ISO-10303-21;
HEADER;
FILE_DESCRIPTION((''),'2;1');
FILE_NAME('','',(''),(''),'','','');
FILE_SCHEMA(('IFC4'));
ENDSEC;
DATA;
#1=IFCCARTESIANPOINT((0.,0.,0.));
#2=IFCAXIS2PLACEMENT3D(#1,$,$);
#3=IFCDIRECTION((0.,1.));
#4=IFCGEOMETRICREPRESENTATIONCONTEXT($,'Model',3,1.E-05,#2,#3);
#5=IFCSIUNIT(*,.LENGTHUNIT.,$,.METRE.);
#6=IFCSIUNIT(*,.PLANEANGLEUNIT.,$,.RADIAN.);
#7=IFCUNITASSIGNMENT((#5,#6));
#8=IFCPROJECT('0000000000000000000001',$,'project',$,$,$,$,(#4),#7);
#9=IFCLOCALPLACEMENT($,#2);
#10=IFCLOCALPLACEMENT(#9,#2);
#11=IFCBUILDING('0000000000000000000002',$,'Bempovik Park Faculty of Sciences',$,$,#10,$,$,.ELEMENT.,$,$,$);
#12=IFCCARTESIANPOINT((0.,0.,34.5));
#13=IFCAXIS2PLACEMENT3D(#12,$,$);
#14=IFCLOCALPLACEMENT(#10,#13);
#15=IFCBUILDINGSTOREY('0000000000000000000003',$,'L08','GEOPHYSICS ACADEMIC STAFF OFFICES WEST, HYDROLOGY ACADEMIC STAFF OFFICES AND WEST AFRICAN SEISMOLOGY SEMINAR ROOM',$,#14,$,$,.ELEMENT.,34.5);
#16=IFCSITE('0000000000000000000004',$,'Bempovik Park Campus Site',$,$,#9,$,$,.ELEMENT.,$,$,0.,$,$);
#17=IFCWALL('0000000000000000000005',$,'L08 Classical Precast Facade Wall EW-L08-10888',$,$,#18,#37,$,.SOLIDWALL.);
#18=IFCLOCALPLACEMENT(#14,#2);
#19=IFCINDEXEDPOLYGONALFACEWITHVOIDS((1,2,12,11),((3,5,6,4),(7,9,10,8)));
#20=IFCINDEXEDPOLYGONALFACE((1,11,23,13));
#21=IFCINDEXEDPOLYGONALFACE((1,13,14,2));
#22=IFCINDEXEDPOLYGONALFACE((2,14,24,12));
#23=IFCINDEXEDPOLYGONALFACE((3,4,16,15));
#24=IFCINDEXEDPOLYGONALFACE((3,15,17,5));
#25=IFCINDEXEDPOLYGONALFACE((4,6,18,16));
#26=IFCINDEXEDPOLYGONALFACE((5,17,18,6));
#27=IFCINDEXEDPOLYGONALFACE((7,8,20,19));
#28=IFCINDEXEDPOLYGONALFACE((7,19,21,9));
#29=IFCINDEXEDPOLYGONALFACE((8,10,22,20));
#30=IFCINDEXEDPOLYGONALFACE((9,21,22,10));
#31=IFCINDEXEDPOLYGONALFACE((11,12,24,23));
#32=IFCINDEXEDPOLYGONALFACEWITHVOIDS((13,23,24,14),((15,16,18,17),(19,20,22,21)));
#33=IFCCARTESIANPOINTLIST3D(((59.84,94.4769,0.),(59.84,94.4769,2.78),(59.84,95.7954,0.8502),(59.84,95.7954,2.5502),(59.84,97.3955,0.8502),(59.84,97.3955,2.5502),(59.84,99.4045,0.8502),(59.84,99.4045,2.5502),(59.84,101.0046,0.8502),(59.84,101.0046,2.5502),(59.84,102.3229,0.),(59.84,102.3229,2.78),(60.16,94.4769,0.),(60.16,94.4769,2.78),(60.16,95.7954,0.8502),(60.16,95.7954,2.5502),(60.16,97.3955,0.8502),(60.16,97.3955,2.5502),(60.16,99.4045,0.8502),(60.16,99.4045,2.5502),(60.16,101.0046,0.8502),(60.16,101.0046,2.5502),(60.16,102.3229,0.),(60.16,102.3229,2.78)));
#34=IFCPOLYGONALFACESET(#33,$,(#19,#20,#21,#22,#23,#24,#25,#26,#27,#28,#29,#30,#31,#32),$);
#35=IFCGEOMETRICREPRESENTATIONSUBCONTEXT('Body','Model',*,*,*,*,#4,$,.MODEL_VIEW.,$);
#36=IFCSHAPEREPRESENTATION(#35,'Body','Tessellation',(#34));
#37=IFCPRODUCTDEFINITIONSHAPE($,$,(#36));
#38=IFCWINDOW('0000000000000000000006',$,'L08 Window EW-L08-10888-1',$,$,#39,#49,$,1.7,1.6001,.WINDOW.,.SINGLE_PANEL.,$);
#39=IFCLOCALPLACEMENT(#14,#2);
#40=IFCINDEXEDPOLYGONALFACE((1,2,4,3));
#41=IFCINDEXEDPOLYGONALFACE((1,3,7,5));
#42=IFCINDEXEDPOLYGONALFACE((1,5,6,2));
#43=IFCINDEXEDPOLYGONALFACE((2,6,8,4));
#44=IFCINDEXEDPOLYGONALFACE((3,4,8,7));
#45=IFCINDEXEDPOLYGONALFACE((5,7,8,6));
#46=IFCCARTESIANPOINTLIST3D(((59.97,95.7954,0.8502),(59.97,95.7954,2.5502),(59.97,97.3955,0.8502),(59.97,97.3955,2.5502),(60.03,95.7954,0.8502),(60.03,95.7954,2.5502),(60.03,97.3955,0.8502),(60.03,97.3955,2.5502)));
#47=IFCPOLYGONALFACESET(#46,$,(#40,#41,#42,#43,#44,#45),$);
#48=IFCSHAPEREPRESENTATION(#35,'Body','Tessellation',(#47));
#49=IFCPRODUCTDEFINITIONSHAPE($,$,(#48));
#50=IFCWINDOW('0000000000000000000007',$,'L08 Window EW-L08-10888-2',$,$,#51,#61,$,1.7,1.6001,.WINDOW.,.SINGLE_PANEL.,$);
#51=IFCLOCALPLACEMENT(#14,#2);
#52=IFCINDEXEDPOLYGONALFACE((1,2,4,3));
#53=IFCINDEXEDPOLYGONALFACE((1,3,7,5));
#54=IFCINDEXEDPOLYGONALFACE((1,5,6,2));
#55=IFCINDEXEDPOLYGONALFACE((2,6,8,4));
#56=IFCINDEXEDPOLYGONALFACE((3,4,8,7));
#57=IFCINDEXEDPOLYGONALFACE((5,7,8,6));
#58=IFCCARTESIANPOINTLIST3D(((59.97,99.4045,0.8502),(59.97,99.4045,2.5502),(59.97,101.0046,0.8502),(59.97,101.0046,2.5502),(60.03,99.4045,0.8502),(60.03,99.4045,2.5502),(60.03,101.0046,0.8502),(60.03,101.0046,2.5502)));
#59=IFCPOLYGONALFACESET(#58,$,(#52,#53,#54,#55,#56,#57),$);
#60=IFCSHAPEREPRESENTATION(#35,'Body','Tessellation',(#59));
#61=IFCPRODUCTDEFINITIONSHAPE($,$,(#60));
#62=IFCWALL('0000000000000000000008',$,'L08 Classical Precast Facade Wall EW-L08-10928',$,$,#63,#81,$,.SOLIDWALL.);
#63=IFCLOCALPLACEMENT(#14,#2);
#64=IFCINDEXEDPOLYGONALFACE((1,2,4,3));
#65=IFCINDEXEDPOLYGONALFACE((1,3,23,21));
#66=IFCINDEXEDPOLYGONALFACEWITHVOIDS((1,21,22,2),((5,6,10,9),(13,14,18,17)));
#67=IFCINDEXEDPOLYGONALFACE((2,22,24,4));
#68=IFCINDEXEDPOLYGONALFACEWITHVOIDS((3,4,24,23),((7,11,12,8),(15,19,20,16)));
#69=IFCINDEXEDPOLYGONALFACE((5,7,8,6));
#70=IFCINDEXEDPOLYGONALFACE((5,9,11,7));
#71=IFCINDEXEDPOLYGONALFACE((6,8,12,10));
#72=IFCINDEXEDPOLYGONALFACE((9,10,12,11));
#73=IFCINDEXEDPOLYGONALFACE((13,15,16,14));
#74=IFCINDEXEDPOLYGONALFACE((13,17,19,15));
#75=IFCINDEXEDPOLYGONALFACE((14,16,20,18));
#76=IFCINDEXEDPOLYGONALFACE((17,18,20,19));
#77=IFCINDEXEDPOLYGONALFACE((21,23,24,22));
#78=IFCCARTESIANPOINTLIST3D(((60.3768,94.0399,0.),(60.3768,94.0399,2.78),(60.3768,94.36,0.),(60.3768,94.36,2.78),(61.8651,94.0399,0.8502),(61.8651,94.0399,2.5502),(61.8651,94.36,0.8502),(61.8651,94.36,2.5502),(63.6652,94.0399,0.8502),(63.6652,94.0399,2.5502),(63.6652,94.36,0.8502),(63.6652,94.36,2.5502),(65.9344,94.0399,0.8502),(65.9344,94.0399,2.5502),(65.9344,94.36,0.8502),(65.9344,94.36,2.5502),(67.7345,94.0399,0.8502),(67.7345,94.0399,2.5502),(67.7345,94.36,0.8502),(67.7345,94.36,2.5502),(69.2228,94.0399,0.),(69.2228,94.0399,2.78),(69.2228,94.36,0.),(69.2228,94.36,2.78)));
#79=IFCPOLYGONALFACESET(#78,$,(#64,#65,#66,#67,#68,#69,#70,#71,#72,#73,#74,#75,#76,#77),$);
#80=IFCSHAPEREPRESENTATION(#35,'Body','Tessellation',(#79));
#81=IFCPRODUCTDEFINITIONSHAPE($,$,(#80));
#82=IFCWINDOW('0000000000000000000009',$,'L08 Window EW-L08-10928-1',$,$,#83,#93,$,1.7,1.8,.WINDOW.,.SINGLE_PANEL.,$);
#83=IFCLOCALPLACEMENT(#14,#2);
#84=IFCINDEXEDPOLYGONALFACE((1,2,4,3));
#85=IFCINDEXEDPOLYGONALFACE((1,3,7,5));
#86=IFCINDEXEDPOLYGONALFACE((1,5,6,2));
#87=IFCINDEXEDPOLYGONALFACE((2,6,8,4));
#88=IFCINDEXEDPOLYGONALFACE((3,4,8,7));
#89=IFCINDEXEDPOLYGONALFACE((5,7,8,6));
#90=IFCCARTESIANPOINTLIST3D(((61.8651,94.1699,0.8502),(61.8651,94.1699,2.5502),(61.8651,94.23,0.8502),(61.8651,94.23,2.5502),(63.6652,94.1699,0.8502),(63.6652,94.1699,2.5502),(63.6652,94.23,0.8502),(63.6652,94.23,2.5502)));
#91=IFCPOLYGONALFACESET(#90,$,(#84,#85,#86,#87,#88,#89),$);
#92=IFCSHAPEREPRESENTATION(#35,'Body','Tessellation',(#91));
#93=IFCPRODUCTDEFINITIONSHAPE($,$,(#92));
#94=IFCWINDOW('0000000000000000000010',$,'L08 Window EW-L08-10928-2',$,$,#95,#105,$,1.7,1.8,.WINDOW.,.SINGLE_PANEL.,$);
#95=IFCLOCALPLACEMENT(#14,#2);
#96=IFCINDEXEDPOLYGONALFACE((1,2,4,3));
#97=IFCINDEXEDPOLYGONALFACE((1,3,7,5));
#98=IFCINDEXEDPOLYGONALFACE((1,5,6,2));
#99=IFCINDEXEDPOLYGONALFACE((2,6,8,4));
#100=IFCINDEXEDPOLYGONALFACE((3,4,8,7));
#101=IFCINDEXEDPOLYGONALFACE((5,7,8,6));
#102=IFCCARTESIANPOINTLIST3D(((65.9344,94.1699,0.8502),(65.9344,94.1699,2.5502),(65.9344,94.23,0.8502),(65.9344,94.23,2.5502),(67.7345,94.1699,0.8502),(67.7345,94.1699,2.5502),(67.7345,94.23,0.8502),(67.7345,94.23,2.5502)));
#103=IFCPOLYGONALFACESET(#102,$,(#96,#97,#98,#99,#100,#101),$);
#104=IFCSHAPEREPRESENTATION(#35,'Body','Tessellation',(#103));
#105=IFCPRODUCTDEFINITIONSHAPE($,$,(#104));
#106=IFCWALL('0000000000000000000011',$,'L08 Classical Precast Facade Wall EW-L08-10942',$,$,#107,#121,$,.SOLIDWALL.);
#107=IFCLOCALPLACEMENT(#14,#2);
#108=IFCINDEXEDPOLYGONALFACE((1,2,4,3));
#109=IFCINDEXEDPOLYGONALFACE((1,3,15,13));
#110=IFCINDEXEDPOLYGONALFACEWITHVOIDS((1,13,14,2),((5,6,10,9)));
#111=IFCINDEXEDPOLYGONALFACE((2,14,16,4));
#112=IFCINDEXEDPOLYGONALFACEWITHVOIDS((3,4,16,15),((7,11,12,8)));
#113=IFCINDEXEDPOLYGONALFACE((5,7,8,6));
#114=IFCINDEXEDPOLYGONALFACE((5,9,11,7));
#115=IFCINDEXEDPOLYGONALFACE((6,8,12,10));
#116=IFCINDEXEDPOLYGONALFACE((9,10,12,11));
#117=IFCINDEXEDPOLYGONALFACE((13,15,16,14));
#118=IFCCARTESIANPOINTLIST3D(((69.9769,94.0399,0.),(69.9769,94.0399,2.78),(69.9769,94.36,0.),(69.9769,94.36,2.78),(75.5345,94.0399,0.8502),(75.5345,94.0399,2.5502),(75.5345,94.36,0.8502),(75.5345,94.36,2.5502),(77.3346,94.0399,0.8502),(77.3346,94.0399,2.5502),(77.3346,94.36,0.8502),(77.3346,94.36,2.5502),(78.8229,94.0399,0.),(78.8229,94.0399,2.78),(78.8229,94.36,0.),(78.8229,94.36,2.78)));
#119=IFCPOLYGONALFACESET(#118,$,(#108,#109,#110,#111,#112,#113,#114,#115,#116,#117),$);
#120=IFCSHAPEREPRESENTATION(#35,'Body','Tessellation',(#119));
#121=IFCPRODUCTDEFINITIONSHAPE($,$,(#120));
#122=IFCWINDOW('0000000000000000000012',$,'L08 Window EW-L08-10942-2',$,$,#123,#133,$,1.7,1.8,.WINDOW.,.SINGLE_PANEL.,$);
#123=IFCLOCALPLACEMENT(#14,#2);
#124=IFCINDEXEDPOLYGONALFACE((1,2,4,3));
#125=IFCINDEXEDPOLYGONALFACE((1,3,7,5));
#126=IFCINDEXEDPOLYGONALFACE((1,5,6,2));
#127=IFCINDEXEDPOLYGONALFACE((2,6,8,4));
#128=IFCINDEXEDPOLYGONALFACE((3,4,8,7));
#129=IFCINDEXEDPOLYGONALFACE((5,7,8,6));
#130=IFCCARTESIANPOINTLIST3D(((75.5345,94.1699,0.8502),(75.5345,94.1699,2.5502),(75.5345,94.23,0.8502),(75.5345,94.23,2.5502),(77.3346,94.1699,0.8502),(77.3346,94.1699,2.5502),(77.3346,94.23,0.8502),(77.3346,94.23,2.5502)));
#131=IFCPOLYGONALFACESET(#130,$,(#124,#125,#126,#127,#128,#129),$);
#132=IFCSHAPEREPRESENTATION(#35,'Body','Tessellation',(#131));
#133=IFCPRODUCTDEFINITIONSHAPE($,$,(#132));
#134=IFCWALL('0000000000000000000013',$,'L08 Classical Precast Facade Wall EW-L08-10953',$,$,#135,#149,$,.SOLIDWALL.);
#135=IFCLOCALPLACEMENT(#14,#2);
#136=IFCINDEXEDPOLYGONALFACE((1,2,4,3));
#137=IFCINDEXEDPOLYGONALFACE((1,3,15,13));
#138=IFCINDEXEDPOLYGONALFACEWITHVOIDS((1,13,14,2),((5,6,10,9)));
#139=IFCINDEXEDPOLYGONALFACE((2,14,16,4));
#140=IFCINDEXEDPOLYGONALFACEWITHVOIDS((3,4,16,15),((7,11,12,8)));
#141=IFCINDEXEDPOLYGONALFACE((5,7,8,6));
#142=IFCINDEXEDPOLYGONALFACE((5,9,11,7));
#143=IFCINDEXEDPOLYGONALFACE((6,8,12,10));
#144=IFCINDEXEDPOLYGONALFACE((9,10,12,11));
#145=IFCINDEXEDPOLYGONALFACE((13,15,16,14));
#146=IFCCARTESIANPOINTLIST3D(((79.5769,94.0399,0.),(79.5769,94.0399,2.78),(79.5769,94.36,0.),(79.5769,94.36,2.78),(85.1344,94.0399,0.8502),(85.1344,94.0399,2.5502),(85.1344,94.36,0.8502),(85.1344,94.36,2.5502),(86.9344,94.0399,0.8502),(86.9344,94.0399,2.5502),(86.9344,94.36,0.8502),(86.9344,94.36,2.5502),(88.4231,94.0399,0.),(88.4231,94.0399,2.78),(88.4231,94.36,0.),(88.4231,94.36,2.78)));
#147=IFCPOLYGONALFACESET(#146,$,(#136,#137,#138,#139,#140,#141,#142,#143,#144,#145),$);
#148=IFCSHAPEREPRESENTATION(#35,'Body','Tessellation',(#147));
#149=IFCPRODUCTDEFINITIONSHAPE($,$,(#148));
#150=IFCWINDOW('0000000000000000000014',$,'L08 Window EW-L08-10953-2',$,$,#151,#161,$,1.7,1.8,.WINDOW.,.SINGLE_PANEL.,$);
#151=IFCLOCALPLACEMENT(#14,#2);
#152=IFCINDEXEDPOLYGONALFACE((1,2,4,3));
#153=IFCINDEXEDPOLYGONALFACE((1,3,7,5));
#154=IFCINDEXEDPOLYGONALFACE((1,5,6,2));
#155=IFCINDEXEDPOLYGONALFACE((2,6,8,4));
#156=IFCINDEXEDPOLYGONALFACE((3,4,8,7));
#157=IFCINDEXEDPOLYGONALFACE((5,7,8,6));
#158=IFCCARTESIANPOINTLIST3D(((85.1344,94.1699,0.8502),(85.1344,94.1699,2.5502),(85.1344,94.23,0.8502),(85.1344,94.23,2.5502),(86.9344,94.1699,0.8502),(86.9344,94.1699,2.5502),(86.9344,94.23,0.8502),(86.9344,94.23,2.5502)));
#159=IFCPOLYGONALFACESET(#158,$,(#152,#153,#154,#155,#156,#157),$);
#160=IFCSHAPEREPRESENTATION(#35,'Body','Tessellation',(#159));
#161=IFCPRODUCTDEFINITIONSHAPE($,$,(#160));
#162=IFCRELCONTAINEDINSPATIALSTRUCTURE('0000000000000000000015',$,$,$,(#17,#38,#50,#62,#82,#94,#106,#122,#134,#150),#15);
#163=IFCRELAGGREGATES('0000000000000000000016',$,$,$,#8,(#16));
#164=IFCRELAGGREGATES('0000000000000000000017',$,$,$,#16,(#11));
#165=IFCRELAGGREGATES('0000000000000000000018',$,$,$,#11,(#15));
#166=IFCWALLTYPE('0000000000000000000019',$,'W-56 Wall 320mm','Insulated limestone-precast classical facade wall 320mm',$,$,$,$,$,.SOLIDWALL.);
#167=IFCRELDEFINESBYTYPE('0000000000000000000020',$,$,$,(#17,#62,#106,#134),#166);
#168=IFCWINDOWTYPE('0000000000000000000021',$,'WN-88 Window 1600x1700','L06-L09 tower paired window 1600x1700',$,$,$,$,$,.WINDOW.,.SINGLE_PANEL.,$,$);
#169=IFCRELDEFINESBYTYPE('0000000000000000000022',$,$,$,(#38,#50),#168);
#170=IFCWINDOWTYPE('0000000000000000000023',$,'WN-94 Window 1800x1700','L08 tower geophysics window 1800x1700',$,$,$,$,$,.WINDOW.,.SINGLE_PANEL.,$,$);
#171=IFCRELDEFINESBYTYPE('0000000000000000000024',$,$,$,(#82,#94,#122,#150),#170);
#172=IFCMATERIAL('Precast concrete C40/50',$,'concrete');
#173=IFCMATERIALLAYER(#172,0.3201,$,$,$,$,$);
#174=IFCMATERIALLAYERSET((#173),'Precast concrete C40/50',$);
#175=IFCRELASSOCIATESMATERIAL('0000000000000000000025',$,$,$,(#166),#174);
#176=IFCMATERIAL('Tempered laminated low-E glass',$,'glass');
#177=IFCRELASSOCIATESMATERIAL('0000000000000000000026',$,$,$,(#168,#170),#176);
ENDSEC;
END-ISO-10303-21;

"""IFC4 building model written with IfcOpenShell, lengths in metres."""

from ifc_helpers import new_model, si_unit, direction, frame, frame_2d, origin, place, context, subcontext, project, spatial, rectangle, extrude, material, layer, layer_set, type_object, element, fill, save


model = new_model("IFC4")

# Units and contexts
model_context = context("Model", 3, precision=1e-05, world=origin(), true_north=direction((0.0, 1.0)))
body_context = subcontext(model_context, "Body", "Model", "MODEL_VIEW")
ifc_project = project(units=[si_unit("LENGTHUNIT", "METRE"), si_unit("PLANEANGLEUNIT", "RADIAN")], contexts=[model_context])

# Site, building, storey
site_placement = place(None, origin())
site = spatial("IfcSite", under=ifc_project, at=site_placement, Name="Bempovik Park Campus Site", CompositionType="ELEMENT", RefElevation=0.0)
building_placement = place(site_placement, origin())
building = spatial("IfcBuilding", under=site, at=building_placement, Name="Bempovik Park Faculty of Sciences", CompositionType="ELEMENT")
storey_placement = place(building_placement, frame((0.0, 0.0, 34.5)))
storey = spatial("IfcBuildingStorey", under=building, at=storey_placement, Name="L08", Description="GEOPHYSICS ACADEMIC STAFF OFFICES WEST, HYDROLOGY ACADEMIC STAFF OFFICES AND WEST AFRICAN SEISMOLOGY SEMINAR ROOM", CompositionType="ELEMENT", Elevation=34.5)

# Walls, openings, windows
ifc_material_1 = material(Name="Precast concrete C40/50", Category="concrete")
ifc_layer_1 = layer(ifc_material_1, 0.3201)
ifc_layer_set_1 = layer_set([ifc_layer_1], Name="Precast concrete C40/50")
wall_type_1 = type_object("IfcWallType", Name="W-56 Wall 320mm", Description="Insulated limestone-precast classical facade wall 320mm", PredefinedType="SOLIDWALL", material=ifc_layer_set_1)
wall_1_placement = place(storey_placement, frame((60.0, 94.4771, 0.0), z_axis=(0.0, 0.0, 1.0), x_axis=(0.0, 1.0, 0.0)))
wall_1 = element("IfcWall", 1, at=wall_1_placement, inside=storey, type_object=wall_type_1, Name="L08 Classical Precast Facade Wall EW-L08-10888", PredefinedType="SOLIDWALL", context=body_context, shape_type="SweptSolid", body=[
    extrude(rectangle(XDim=7.8459, YDim=0.3201, at=frame_2d((3.9229, 0.0))), origin(), (0.0, 0.0, 1.0), 2.78),
])
opening_1_placement = place(wall_1_placement, frame((1.3184, 0.0, 0.8501)))
opening_1 = element("IfcOpeningElement", 2, at=opening_1_placement, cuts=wall_1, PredefinedType="OPENING", context=body_context, shape_type="SweptSolid", body=[
    extrude(rectangle(XDim=1.6001, YDim=1.7, at=frame_2d((0.8, 0.8501))), frame((0.0, 0.1699, 0.0), z_axis=(0.0, -1.0, 0.0), x_axis=(1.0, 0.0, 0.0)), (0.0, 0.0, 1.0), 0.3401),
])
opening_2_placement = place(wall_1_placement, frame((4.9275, 0.0, 0.8501)))
opening_2 = element("IfcOpeningElement", 3, at=opening_2_placement, cuts=wall_1, PredefinedType="OPENING", context=body_context, shape_type="SweptSolid", body=[
    extrude(rectangle(XDim=1.6001, YDim=1.7, at=frame_2d((0.8, 0.8501))), frame((0.0, 0.1699, 0.0), z_axis=(0.0, -1.0, 0.0), x_axis=(1.0, 0.0, 0.0)), (0.0, 0.0, 1.0), 0.3401),
])
ifc_material_2 = material(Name="Tempered laminated low-E glass", Category="glass")
window_type_1 = type_object("IfcWindowType", Name="WN-88 Window 1600x1700", Description="L06-L09 tower paired window 1600x1700", PartitioningType="SINGLE_PANEL", PredefinedType="WINDOW", material=ifc_material_2)
window_1_placement = place(opening_1_placement, origin())
window_1 = element("IfcWindow", 4, at=window_1_placement, inside=storey, type_object=window_type_1, Name="L08 Window EW-L08-10888-1", OverallHeight=1.7, OverallWidth=1.6001, PartitioningType="SINGLE_PANEL", PredefinedType="WINDOW", context=body_context, shape_type="SweptSolid", body=[
    extrude(rectangle(XDim=1.6001, YDim=1.7, at=frame_2d((0.8, 0.8501))), frame((0.0, 0.03, 0.0), z_axis=(0.0, -1.0, 0.0), x_axis=(1.0, 0.0, 0.0)), (0.0, 0.0, 1.0), 0.0601),
])
fill(opening_1, window_1)
window_2_placement = place(opening_2_placement, origin())
window_2 = element("IfcWindow", 5, at=window_2_placement, inside=storey, type_object=window_type_1, Name="L08 Window EW-L08-10888-2", OverallHeight=1.7, OverallWidth=1.6001, PartitioningType="SINGLE_PANEL", PredefinedType="WINDOW", context=body_context, shape_type="SweptSolid", body=[
    extrude(rectangle(XDim=1.6001, YDim=1.7, at=frame_2d((0.8, 0.8501))), frame((0.0, 0.03, 0.0), z_axis=(0.0, -1.0, 0.0), x_axis=(1.0, 0.0, 0.0)), (0.0, 0.0, 1.0), 0.0601),
])
fill(opening_2, window_2)
wall_2_placement = place(storey_placement, frame((60.377, 94.2, 0.0), z_axis=(0.0, 0.0, 1.0), x_axis=(1.0, 0.0, 0.0)))
wall_2 = element("IfcWall", 6, at=wall_2_placement, inside=storey, type_object=wall_type_1, Name="L08 Classical Precast Facade Wall EW-L08-10928", PredefinedType="SOLIDWALL", context=body_context, shape_type="SweptSolid", body=[
    extrude(rectangle(XDim=8.8459, YDim=0.3201, at=frame_2d((4.4229, 0.0))), origin(), (0.0, 0.0, 1.0), 2.78),
])
opening_3_placement = place(wall_2_placement, frame((1.4883, 0.0, 0.8501)))
opening_3 = element("IfcOpeningElement", 7, at=opening_3_placement, cuts=wall_2, PredefinedType="OPENING", context=body_context, shape_type="SweptSolid", body=[
    extrude(rectangle(XDim=1.8, YDim=1.7, at=frame_2d((0.8999, 0.8501))), frame((0.0, 0.1699, 0.0), z_axis=(0.0, -1.0, 0.0), x_axis=(1.0, 0.0, 0.0)), (0.0, 0.0, 1.0), 0.3401),
])
opening_4_placement = place(wall_2_placement, frame((5.5576, 0.0, 0.8501)))
opening_4 = element("IfcOpeningElement", 8, at=opening_4_placement, cuts=wall_2, PredefinedType="OPENING", context=body_context, shape_type="SweptSolid", body=[
    extrude(rectangle(XDim=1.8, YDim=1.7, at=frame_2d((0.8999, 0.8501))), frame((0.0, 0.1699, 0.0), z_axis=(0.0, -1.0, 0.0), x_axis=(1.0, 0.0, 0.0)), (0.0, 0.0, 1.0), 0.3401),
])
window_type_2 = type_object("IfcWindowType", Name="WN-94 Window 1800x1700", Description="L08 tower geophysics window 1800x1700", PartitioningType="SINGLE_PANEL", PredefinedType="WINDOW", material=ifc_material_2)
window_3_placement = place(opening_3_placement, origin())
window_3 = element("IfcWindow", 9, at=window_3_placement, inside=storey, type_object=window_type_2, Name="L08 Window EW-L08-10928-1", OverallHeight=1.7, OverallWidth=1.8, PartitioningType="SINGLE_PANEL", PredefinedType="WINDOW", context=body_context, shape_type="SweptSolid", body=[
    extrude(rectangle(XDim=1.8, YDim=1.7, at=frame_2d((0.8999, 0.8501))), frame((0.0, 0.03, 0.0), z_axis=(0.0, -1.0, 0.0), x_axis=(1.0, 0.0, 0.0)), (0.0, 0.0, 1.0), 0.0601),
])
fill(opening_3, window_3)
window_4_placement = place(opening_4_placement, origin())
window_4 = element("IfcWindow", 10, at=window_4_placement, inside=storey, type_object=window_type_2, Name="L08 Window EW-L08-10928-2", OverallHeight=1.7, OverallWidth=1.8, PartitioningType="SINGLE_PANEL", PredefinedType="WINDOW", context=body_context, shape_type="SweptSolid", body=[
    extrude(rectangle(XDim=1.8, YDim=1.7, at=frame_2d((0.8999, 0.8501))), frame((0.0, 0.03, 0.0), z_axis=(0.0, -1.0, 0.0), x_axis=(1.0, 0.0, 0.0)), (0.0, 0.0, 1.0), 0.0601),
])
fill(opening_4, window_4)

# Walls, openings, windows
wall_3_placement = place(storey_placement, frame((69.9771, 94.2, 0.0), z_axis=(0.0, 0.0, 1.0), x_axis=(1.0, 0.0, 0.0)))
wall_3 = element("IfcWall", 11, at=wall_3_placement, inside=storey, type_object=wall_type_1, Name="L08 Classical Precast Facade Wall EW-L08-10942", PredefinedType="SOLIDWALL", context=body_context, shape_type="SweptSolid", body=[
    extrude(rectangle(XDim=8.8459, YDim=0.3201, at=frame_2d((4.4229, 0.0))), origin(), (0.0, 0.0, 1.0), 2.78),
])
opening_5_placement = place(wall_3_placement, frame((5.5576, 0.0, 0.8501)))
opening_5 = element("IfcOpeningElement", 12, at=opening_5_placement, cuts=wall_3, PredefinedType="OPENING", context=body_context, shape_type="SweptSolid", body=[
    extrude(rectangle(XDim=1.8, YDim=1.7, at=frame_2d((0.8999, 0.8501))), frame((0.0, 0.1699, 0.0), z_axis=(0.0, -1.0, 0.0), x_axis=(1.0, 0.0, 0.0)), (0.0, 0.0, 1.0), 0.3401),
])
window_5_placement = place(opening_5_placement, origin())
window_5 = element("IfcWindow", 13, at=window_5_placement, inside=storey, type_object=window_type_2, Name="L08 Window EW-L08-10942-2", OverallHeight=1.7, OverallWidth=1.8, PartitioningType="SINGLE_PANEL", PredefinedType="WINDOW", context=body_context, shape_type="SweptSolid", body=[
    extrude(rectangle(XDim=1.8, YDim=1.7, at=frame_2d((0.8999, 0.8501))), frame((0.0, 0.03, 0.0), z_axis=(0.0, -1.0, 0.0), x_axis=(1.0, 0.0, 0.0)), (0.0, 0.0, 1.0), 0.0601),
])
fill(opening_5, window_5)
wall_4_placement = place(storey_placement, frame((79.5769, 94.2, 0.0), z_axis=(0.0, 0.0, 1.0), x_axis=(1.0, 0.0, 0.0)))
wall_4 = element("IfcWall", 14, at=wall_4_placement, inside=storey, type_object=wall_type_1, Name="L08 Classical Precast Facade Wall EW-L08-10953", PredefinedType="SOLIDWALL", context=body_context, shape_type="SweptSolid", body=[
    extrude(rectangle(XDim=8.8462, YDim=0.3201, at=frame_2d((4.4231, 0.0))), origin(), (0.0, 0.0, 1.0), 2.78),
])
opening_6_placement = place(wall_4_placement, frame((5.5576, 0.0, 0.8501)))
opening_6 = element("IfcOpeningElement", 15, at=opening_6_placement, cuts=wall_4, PredefinedType="OPENING", context=body_context, shape_type="SweptSolid", body=[
    extrude(rectangle(XDim=1.8, YDim=1.7, at=frame_2d((0.8999, 0.8501))), frame((0.0, 0.1699, 0.0), z_axis=(0.0, -1.0, 0.0), x_axis=(1.0, 0.0, 0.0)), (0.0, 0.0, 1.0), 0.3401),
])
window_6_placement = place(opening_6_placement, origin())
window_6 = element("IfcWindow", 16, at=window_6_placement, inside=storey, type_object=window_type_2, Name="L08 Window EW-L08-10953-2", OverallHeight=1.7, OverallWidth=1.8, PartitioningType="SINGLE_PANEL", PredefinedType="WINDOW", context=body_context, shape_type="SweptSolid", body=[
    extrude(rectangle(XDim=1.8, YDim=1.7, at=frame_2d((0.8999, 0.8501))), frame((0.0, 0.03, 0.0), z_axis=(0.0, -1.0, 0.0), x_axis=(1.0, 0.0, 0.0)), (0.0, 0.0, 1.0), 0.0601),
])
fill(opening_6, window_6)

save(model, "model.ifc")
